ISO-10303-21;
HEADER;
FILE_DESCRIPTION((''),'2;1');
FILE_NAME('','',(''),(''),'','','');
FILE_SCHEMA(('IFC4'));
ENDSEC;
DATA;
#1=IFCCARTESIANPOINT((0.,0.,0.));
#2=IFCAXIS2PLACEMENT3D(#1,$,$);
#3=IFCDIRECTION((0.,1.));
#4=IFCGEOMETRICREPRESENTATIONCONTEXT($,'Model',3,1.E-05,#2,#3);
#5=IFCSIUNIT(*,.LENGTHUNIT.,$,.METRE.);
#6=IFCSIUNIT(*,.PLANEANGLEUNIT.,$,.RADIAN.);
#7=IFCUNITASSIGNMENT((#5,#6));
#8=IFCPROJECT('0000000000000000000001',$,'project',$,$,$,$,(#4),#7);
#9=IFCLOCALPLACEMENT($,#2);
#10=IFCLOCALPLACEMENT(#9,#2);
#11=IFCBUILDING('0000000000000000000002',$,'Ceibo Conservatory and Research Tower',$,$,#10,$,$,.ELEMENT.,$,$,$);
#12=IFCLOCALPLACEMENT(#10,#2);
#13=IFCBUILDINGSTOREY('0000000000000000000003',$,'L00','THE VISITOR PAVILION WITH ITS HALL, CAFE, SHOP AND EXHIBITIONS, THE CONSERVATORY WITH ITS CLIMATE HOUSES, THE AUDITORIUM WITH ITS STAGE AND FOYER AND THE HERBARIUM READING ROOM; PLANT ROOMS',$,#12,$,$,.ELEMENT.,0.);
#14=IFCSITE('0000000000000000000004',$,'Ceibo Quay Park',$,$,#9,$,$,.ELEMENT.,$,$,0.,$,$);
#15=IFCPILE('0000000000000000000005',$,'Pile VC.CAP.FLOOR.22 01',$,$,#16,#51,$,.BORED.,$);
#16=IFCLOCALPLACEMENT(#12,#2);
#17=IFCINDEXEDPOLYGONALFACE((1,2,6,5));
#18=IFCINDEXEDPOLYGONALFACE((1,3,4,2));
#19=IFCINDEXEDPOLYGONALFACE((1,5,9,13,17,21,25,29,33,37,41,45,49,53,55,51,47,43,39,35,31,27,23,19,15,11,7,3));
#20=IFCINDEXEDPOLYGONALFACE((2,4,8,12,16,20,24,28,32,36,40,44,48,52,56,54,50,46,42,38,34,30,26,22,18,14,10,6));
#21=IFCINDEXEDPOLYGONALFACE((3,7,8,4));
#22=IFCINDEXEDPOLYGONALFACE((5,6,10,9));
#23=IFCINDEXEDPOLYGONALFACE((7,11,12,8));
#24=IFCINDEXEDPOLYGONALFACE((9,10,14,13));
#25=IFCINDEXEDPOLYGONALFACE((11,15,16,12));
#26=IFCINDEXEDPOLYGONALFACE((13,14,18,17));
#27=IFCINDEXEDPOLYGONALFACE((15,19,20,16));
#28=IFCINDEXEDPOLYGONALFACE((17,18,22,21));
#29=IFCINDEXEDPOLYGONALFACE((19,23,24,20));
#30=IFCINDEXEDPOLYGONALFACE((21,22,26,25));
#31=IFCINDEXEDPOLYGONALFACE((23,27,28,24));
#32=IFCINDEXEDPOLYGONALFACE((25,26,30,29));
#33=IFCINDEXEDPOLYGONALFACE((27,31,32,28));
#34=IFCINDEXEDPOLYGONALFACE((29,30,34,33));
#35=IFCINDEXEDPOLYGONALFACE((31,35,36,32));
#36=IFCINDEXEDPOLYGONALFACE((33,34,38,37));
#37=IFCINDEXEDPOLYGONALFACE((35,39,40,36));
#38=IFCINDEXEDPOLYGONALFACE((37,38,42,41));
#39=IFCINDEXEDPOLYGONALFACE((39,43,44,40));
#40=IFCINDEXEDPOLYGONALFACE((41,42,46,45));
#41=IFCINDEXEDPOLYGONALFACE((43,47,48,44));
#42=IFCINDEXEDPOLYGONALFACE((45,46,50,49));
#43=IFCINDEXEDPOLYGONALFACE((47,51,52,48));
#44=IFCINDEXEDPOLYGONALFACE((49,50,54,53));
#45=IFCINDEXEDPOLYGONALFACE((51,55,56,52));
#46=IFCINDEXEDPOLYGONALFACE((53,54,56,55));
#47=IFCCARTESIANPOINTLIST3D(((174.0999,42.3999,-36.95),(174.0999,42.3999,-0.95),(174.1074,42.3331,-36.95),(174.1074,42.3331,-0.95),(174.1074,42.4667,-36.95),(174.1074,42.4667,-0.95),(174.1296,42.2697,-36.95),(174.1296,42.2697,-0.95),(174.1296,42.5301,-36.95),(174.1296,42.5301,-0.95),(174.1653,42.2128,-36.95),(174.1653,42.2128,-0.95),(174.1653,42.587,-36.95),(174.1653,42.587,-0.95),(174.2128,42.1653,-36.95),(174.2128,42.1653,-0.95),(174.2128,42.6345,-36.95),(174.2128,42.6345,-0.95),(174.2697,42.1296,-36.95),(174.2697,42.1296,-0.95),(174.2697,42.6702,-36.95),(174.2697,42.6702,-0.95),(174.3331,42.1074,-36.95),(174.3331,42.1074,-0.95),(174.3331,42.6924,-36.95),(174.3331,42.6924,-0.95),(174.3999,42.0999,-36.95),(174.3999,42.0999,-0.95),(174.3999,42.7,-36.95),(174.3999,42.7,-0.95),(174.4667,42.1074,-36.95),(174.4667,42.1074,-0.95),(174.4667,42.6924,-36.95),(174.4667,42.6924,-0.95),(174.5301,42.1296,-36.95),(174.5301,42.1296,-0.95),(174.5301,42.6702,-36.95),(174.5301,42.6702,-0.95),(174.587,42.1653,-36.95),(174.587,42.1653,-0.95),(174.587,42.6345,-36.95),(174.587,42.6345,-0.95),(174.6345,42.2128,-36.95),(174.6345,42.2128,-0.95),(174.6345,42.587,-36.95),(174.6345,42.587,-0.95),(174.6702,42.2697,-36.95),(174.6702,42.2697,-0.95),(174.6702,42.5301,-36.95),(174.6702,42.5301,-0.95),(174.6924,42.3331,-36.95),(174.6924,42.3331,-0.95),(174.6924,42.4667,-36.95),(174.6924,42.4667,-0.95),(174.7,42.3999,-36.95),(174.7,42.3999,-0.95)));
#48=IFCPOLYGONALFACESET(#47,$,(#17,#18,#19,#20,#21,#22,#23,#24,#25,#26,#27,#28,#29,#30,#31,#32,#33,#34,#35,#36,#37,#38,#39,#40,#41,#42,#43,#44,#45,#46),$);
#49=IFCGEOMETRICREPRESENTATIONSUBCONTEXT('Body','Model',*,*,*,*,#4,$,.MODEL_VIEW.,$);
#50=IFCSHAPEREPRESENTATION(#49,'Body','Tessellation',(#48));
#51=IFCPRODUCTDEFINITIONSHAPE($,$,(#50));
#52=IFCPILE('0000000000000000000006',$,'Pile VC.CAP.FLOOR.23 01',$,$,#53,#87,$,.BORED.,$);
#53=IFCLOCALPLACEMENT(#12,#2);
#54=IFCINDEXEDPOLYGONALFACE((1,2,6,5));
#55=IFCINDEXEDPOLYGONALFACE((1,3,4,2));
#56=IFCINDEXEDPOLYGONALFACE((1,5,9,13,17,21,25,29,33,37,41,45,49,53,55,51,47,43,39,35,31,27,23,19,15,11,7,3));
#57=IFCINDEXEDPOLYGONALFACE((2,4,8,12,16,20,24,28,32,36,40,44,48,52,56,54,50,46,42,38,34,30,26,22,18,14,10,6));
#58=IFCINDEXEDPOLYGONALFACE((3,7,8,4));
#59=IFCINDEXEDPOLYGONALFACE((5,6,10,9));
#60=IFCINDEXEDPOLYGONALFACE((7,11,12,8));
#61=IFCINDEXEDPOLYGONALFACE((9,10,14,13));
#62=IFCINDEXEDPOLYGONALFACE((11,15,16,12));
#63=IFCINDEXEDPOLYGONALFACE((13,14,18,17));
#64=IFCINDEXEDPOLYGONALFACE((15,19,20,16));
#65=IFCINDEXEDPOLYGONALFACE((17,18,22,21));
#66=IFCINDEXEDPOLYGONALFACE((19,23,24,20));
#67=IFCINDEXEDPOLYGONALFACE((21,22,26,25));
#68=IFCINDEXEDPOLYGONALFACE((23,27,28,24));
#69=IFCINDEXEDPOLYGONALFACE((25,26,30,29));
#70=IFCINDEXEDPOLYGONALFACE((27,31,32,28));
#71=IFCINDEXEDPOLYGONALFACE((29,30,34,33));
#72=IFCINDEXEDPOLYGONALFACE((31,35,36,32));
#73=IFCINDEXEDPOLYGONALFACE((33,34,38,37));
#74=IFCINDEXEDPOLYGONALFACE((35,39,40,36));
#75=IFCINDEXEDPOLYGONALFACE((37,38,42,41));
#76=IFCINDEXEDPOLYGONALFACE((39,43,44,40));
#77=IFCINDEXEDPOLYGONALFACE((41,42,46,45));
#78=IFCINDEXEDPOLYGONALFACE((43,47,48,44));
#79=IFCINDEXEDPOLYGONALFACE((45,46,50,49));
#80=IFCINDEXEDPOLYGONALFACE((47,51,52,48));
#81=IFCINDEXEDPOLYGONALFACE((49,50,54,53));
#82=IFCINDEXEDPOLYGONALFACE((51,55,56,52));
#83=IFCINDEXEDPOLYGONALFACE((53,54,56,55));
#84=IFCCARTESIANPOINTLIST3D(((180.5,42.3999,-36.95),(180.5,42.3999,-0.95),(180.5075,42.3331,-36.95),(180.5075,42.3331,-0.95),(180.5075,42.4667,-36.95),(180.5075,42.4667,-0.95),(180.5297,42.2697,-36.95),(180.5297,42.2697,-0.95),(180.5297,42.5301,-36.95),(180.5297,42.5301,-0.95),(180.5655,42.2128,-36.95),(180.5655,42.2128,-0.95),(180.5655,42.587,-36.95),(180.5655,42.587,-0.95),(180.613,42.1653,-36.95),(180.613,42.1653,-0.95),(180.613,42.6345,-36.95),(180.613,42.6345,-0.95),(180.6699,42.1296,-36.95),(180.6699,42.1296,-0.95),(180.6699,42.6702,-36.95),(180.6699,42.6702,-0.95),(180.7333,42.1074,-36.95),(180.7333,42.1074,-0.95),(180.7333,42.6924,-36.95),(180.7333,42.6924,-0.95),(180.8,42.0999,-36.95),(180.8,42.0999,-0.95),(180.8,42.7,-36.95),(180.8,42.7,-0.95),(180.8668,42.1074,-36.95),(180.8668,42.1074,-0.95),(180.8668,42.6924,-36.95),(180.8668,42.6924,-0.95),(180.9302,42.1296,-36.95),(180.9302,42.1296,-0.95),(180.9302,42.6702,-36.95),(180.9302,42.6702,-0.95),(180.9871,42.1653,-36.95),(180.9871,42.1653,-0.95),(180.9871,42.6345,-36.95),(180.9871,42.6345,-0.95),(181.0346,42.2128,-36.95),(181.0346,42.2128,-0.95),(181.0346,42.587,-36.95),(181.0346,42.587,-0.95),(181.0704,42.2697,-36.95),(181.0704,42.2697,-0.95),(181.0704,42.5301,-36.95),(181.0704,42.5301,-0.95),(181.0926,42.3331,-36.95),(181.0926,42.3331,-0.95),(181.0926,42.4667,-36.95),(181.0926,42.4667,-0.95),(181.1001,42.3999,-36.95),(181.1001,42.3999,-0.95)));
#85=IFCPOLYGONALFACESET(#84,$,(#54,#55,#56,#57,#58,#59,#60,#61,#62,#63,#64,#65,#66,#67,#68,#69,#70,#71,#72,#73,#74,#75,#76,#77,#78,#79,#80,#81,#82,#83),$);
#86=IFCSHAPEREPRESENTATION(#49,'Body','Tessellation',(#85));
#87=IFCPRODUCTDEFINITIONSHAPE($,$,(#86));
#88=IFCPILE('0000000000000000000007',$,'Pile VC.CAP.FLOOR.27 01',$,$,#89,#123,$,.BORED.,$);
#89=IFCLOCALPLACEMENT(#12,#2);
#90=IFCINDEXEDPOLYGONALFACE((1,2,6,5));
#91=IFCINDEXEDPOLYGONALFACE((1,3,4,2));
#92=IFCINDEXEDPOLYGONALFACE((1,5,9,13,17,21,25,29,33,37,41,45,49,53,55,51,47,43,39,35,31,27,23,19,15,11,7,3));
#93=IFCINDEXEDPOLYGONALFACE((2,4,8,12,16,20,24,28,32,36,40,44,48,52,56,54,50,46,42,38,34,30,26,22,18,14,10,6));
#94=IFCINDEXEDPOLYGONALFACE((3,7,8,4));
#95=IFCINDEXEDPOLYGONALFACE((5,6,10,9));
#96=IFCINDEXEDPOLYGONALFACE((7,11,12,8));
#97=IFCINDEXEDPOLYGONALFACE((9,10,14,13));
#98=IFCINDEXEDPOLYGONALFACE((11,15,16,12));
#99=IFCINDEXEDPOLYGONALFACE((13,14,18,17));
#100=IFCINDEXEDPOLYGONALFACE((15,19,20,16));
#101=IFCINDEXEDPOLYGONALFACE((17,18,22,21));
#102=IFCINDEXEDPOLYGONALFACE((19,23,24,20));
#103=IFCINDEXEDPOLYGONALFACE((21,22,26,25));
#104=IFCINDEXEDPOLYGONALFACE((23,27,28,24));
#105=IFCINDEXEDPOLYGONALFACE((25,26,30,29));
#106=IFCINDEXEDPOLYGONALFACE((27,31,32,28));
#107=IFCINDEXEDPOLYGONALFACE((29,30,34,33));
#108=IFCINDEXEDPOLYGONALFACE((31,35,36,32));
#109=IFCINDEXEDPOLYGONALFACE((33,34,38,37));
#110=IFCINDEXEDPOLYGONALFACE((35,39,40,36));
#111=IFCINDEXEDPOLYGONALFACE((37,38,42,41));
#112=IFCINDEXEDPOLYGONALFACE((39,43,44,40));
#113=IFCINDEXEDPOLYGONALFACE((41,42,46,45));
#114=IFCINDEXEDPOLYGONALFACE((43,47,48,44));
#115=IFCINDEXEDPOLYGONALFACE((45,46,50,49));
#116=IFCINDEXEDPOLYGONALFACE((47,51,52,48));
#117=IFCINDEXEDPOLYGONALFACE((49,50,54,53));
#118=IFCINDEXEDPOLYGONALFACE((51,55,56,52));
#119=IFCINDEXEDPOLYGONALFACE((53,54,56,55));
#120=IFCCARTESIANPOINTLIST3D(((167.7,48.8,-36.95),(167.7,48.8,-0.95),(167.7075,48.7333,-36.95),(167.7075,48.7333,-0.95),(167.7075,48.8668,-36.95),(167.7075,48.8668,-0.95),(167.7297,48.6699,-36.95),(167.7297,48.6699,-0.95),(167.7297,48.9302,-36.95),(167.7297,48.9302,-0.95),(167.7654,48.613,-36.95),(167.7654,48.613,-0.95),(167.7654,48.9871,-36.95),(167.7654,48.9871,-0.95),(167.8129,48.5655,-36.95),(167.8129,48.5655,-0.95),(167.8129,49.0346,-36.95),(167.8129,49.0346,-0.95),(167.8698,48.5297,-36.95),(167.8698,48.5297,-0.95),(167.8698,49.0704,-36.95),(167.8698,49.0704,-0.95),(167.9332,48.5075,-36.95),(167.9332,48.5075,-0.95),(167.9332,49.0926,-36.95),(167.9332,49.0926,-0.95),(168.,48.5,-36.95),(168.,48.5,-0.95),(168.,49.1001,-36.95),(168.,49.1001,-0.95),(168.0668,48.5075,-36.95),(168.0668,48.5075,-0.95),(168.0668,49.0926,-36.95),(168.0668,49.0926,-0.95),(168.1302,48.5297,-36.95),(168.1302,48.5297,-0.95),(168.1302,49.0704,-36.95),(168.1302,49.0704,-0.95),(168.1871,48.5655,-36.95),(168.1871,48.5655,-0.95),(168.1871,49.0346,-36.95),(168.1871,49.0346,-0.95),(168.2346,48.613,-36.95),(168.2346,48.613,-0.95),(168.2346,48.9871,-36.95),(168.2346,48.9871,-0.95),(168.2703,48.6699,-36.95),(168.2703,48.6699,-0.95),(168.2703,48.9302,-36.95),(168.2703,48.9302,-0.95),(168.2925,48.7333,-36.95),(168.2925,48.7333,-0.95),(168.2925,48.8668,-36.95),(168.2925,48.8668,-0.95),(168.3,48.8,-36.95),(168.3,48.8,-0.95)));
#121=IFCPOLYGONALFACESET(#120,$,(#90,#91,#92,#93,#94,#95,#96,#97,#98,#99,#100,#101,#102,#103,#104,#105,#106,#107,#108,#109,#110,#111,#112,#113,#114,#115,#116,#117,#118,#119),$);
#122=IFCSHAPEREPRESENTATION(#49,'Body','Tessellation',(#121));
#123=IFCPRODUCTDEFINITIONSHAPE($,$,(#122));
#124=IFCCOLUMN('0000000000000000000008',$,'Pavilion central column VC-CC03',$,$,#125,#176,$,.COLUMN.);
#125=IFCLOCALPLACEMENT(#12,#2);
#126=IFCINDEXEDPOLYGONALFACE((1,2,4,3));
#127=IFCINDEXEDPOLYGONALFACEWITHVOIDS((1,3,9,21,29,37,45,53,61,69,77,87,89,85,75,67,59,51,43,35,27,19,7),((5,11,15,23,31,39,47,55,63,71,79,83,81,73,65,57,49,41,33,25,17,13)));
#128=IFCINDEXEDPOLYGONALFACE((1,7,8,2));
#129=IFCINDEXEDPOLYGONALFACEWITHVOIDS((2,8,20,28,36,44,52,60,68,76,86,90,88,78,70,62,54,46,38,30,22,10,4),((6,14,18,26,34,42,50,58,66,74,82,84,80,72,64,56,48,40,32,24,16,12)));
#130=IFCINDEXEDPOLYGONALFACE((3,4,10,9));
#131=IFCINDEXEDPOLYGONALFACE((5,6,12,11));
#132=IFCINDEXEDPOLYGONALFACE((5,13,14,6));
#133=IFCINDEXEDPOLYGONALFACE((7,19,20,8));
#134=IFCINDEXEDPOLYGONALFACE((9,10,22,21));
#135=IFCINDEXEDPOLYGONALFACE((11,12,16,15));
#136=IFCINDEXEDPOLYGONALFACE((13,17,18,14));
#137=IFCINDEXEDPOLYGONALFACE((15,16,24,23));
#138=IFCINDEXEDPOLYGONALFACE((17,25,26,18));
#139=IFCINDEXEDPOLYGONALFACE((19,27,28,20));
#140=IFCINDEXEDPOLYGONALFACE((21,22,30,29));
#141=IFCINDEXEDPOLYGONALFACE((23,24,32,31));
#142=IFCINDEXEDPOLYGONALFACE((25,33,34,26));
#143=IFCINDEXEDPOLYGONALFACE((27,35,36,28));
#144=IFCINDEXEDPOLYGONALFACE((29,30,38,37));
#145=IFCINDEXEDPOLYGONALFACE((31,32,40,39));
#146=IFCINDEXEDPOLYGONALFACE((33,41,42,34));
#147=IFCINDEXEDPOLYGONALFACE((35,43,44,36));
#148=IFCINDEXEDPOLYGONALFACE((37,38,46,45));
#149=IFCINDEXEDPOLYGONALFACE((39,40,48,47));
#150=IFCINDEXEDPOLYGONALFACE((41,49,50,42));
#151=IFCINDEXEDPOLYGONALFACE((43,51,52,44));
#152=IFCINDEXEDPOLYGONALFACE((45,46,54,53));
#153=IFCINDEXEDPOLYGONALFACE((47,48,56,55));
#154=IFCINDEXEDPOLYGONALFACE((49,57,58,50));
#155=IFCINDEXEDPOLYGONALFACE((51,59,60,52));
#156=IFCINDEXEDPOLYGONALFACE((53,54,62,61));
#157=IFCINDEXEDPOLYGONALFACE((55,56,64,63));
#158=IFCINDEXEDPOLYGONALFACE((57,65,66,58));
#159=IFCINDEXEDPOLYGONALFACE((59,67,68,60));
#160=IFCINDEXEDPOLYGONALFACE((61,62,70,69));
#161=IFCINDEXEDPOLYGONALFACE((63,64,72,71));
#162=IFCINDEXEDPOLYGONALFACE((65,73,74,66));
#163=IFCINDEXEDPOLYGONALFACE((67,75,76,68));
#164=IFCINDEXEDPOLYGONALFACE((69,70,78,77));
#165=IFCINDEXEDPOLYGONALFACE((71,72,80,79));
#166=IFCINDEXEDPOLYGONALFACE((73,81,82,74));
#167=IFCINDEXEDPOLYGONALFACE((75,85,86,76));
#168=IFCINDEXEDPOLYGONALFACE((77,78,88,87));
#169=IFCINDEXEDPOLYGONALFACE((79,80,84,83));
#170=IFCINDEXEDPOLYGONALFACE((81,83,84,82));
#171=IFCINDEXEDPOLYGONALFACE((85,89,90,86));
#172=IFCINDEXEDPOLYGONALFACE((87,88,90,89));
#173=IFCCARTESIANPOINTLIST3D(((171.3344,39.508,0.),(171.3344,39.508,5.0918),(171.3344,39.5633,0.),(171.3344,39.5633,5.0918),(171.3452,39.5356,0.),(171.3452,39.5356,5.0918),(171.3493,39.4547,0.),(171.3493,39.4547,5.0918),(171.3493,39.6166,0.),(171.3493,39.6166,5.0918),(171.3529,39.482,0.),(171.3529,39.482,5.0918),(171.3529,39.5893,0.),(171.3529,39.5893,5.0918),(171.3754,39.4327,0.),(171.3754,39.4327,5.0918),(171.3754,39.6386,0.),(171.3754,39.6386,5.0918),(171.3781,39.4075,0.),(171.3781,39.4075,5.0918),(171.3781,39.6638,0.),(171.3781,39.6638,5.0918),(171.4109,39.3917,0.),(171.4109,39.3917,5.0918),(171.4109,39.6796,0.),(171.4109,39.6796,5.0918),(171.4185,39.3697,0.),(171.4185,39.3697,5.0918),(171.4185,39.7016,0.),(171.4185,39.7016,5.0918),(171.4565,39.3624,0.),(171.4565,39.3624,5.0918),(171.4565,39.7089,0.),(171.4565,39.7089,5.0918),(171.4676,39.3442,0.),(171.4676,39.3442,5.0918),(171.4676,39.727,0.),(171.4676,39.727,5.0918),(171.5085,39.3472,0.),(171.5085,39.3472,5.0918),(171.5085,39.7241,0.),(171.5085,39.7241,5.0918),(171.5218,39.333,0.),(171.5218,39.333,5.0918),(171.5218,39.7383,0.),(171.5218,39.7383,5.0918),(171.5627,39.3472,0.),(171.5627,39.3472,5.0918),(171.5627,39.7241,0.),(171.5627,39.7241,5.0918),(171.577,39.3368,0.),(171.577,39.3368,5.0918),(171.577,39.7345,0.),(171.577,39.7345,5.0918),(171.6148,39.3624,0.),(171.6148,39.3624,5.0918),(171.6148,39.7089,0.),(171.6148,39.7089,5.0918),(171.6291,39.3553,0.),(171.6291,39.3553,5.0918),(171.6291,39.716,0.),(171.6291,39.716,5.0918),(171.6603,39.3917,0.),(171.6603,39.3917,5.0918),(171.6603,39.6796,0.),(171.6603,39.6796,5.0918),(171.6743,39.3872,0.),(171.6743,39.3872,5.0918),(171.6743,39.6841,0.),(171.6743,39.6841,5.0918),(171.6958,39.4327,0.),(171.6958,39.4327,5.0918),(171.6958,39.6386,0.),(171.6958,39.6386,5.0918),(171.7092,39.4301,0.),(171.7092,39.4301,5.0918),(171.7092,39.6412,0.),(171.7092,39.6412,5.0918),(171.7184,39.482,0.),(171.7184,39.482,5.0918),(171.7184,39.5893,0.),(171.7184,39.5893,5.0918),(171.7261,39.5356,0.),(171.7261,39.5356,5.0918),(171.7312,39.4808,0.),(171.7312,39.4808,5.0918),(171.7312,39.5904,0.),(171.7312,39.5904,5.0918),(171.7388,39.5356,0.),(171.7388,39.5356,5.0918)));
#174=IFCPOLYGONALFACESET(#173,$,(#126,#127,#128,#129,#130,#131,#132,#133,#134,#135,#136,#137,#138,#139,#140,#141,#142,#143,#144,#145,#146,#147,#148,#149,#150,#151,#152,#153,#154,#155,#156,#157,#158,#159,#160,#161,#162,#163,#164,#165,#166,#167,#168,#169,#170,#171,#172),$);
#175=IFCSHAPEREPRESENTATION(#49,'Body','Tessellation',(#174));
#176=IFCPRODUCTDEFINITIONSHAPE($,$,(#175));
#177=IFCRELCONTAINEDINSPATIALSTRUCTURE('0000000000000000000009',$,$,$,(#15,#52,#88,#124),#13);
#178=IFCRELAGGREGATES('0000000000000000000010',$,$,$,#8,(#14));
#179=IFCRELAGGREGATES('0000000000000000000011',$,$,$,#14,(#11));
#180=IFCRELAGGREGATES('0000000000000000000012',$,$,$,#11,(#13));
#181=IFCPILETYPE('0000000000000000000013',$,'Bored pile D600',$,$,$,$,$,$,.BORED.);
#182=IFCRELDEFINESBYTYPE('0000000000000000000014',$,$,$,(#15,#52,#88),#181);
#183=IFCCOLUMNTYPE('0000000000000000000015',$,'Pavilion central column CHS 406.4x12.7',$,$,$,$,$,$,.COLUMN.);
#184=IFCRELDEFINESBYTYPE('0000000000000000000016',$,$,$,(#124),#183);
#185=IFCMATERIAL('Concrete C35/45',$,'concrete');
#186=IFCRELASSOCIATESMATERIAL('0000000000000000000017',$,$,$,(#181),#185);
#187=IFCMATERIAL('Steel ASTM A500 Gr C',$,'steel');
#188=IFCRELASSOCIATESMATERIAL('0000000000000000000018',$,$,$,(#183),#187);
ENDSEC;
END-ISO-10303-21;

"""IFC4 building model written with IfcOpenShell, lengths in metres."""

from ifc_helpers import new_model, si_unit, direction, frame, origin, origin_2d, place, context, subcontext, project, spatial, circle, hollow_circle, extrude, material, material_profile, profile_set, type_object, element, save


model = new_model("IFC4")

# Units and contexts
model_context = context("Model", 3, precision=1e-05, world=origin(), true_north=direction((0.0, 1.0)))
body_context = subcontext(model_context, "Body", "Model", "MODEL_VIEW")
ifc_project = project(units=[si_unit("LENGTHUNIT", "METRE"), si_unit("PLANEANGLEUNIT", "RADIAN")], contexts=[model_context])

# Site, building, storey
site_placement = place(None, origin())
site = spatial("IfcSite", under=ifc_project, at=site_placement, Name="Ceibo Quay Park", CompositionType="ELEMENT", RefElevation=0.0)
building_placement = place(site_placement, origin())
building = spatial("IfcBuilding", under=site, at=building_placement, Name="Ceibo Conservatory and Research Tower", CompositionType="ELEMENT")
storey_placement = place(building_placement, origin())
storey = spatial("IfcBuildingStorey", under=building, at=storey_placement, Name="L00", Description="THE VISITOR PAVILION WITH ITS HALL, CAFE, SHOP AND EXHIBITIONS, THE CONSERVATORY WITH ITS CLIMATE HOUSES, THE AUDITORIUM WITH ITS STAGE AND FOYER AND THE HERBARIUM READING ROOM; PLANT ROOMS", CompositionType="ELEMENT", Elevation=0.0)

# Piles
ifc_material_1 = material(Name="Concrete C35/45", Category="concrete")
ifc_material_profile_1 = material_profile(ifc_material_1, circle(Radius=0.3, at=origin_2d()), Name="RC D600")
ifc_profile_set_1 = profile_set([ifc_material_profile_1], Name="Concrete C35/45")
pile_type = type_object("IfcPileType", Name="Bored pile D600", PredefinedType="BORED", material=ifc_profile_set_1)
for number, where, z_axis, x_axis, name in (
    (1, (174.3999, 42.3999, -0.95), (0.0, 0.0, -1.0), (1.0, 0.0, 0.0), "Pile VC.CAP.FLOOR.22 01"),
    (2, (180.8, 42.3999, -0.95), (0.0, 0.0, -1.0), (1.0, 0.0, 0.0), "Pile VC.CAP.FLOOR.23 01"),
    (3, (168.0, 48.8, -0.95), (0.0, 0.0, -1.0), (1.0, 0.0, 0.0), "Pile VC.CAP.FLOOR.27 01"),
):
    element("IfcPile", number, at=place(storey_placement, frame(where, z_axis=z_axis, x_axis=x_axis)), inside=storey, type_object=pile_type, Name=name, PredefinedType="BORED", context=body_context, shape_type="SweptSolid", body=[
        extrude(circle(Radius=0.3, at=origin_2d()), origin(), (0.0, 0.0, 1.0), 36.0),
    ])

# Column
ifc_material_2 = material(Name="Steel ASTM A500 Gr C", Category="steel")
ifc_material_profile_2 = material_profile(ifc_material_2, hollow_circle(Radius=0.2031, WallThickness=0.0127, at=origin_2d()), Name="Pavilion central column CHS 406.4x12.7")
ifc_profile_set_2 = profile_set([ifc_material_profile_2], Name="Steel ASTM A500 Gr C")
column_type = type_object("IfcColumnType", Name="Pavilion central column CHS 406.4x12.7", PredefinedType="COLUMN", material=ifc_profile_set_2)
for number, where, z_axis, x_axis, name in (
    (4, (171.5356, 39.5356, 0.0), (0.0, 0.0, 1.0), (1.0, 0.0, 0.0), "Pavilion central column VC-CC03"),
):
    element("IfcColumn", number, at=place(storey_placement, frame(where, z_axis=z_axis, x_axis=x_axis)), inside=storey, type_object=column_type, Name=name, PredefinedType="COLUMN", context=body_context, shape_type="SweptSolid", body=[
        extrude(hollow_circle(Radius=0.2031, WallThickness=0.0127, at=origin_2d()), origin(), (0.0, 0.0, 1.0), 5.0918),
    ])

save(model, "model.ifc")
